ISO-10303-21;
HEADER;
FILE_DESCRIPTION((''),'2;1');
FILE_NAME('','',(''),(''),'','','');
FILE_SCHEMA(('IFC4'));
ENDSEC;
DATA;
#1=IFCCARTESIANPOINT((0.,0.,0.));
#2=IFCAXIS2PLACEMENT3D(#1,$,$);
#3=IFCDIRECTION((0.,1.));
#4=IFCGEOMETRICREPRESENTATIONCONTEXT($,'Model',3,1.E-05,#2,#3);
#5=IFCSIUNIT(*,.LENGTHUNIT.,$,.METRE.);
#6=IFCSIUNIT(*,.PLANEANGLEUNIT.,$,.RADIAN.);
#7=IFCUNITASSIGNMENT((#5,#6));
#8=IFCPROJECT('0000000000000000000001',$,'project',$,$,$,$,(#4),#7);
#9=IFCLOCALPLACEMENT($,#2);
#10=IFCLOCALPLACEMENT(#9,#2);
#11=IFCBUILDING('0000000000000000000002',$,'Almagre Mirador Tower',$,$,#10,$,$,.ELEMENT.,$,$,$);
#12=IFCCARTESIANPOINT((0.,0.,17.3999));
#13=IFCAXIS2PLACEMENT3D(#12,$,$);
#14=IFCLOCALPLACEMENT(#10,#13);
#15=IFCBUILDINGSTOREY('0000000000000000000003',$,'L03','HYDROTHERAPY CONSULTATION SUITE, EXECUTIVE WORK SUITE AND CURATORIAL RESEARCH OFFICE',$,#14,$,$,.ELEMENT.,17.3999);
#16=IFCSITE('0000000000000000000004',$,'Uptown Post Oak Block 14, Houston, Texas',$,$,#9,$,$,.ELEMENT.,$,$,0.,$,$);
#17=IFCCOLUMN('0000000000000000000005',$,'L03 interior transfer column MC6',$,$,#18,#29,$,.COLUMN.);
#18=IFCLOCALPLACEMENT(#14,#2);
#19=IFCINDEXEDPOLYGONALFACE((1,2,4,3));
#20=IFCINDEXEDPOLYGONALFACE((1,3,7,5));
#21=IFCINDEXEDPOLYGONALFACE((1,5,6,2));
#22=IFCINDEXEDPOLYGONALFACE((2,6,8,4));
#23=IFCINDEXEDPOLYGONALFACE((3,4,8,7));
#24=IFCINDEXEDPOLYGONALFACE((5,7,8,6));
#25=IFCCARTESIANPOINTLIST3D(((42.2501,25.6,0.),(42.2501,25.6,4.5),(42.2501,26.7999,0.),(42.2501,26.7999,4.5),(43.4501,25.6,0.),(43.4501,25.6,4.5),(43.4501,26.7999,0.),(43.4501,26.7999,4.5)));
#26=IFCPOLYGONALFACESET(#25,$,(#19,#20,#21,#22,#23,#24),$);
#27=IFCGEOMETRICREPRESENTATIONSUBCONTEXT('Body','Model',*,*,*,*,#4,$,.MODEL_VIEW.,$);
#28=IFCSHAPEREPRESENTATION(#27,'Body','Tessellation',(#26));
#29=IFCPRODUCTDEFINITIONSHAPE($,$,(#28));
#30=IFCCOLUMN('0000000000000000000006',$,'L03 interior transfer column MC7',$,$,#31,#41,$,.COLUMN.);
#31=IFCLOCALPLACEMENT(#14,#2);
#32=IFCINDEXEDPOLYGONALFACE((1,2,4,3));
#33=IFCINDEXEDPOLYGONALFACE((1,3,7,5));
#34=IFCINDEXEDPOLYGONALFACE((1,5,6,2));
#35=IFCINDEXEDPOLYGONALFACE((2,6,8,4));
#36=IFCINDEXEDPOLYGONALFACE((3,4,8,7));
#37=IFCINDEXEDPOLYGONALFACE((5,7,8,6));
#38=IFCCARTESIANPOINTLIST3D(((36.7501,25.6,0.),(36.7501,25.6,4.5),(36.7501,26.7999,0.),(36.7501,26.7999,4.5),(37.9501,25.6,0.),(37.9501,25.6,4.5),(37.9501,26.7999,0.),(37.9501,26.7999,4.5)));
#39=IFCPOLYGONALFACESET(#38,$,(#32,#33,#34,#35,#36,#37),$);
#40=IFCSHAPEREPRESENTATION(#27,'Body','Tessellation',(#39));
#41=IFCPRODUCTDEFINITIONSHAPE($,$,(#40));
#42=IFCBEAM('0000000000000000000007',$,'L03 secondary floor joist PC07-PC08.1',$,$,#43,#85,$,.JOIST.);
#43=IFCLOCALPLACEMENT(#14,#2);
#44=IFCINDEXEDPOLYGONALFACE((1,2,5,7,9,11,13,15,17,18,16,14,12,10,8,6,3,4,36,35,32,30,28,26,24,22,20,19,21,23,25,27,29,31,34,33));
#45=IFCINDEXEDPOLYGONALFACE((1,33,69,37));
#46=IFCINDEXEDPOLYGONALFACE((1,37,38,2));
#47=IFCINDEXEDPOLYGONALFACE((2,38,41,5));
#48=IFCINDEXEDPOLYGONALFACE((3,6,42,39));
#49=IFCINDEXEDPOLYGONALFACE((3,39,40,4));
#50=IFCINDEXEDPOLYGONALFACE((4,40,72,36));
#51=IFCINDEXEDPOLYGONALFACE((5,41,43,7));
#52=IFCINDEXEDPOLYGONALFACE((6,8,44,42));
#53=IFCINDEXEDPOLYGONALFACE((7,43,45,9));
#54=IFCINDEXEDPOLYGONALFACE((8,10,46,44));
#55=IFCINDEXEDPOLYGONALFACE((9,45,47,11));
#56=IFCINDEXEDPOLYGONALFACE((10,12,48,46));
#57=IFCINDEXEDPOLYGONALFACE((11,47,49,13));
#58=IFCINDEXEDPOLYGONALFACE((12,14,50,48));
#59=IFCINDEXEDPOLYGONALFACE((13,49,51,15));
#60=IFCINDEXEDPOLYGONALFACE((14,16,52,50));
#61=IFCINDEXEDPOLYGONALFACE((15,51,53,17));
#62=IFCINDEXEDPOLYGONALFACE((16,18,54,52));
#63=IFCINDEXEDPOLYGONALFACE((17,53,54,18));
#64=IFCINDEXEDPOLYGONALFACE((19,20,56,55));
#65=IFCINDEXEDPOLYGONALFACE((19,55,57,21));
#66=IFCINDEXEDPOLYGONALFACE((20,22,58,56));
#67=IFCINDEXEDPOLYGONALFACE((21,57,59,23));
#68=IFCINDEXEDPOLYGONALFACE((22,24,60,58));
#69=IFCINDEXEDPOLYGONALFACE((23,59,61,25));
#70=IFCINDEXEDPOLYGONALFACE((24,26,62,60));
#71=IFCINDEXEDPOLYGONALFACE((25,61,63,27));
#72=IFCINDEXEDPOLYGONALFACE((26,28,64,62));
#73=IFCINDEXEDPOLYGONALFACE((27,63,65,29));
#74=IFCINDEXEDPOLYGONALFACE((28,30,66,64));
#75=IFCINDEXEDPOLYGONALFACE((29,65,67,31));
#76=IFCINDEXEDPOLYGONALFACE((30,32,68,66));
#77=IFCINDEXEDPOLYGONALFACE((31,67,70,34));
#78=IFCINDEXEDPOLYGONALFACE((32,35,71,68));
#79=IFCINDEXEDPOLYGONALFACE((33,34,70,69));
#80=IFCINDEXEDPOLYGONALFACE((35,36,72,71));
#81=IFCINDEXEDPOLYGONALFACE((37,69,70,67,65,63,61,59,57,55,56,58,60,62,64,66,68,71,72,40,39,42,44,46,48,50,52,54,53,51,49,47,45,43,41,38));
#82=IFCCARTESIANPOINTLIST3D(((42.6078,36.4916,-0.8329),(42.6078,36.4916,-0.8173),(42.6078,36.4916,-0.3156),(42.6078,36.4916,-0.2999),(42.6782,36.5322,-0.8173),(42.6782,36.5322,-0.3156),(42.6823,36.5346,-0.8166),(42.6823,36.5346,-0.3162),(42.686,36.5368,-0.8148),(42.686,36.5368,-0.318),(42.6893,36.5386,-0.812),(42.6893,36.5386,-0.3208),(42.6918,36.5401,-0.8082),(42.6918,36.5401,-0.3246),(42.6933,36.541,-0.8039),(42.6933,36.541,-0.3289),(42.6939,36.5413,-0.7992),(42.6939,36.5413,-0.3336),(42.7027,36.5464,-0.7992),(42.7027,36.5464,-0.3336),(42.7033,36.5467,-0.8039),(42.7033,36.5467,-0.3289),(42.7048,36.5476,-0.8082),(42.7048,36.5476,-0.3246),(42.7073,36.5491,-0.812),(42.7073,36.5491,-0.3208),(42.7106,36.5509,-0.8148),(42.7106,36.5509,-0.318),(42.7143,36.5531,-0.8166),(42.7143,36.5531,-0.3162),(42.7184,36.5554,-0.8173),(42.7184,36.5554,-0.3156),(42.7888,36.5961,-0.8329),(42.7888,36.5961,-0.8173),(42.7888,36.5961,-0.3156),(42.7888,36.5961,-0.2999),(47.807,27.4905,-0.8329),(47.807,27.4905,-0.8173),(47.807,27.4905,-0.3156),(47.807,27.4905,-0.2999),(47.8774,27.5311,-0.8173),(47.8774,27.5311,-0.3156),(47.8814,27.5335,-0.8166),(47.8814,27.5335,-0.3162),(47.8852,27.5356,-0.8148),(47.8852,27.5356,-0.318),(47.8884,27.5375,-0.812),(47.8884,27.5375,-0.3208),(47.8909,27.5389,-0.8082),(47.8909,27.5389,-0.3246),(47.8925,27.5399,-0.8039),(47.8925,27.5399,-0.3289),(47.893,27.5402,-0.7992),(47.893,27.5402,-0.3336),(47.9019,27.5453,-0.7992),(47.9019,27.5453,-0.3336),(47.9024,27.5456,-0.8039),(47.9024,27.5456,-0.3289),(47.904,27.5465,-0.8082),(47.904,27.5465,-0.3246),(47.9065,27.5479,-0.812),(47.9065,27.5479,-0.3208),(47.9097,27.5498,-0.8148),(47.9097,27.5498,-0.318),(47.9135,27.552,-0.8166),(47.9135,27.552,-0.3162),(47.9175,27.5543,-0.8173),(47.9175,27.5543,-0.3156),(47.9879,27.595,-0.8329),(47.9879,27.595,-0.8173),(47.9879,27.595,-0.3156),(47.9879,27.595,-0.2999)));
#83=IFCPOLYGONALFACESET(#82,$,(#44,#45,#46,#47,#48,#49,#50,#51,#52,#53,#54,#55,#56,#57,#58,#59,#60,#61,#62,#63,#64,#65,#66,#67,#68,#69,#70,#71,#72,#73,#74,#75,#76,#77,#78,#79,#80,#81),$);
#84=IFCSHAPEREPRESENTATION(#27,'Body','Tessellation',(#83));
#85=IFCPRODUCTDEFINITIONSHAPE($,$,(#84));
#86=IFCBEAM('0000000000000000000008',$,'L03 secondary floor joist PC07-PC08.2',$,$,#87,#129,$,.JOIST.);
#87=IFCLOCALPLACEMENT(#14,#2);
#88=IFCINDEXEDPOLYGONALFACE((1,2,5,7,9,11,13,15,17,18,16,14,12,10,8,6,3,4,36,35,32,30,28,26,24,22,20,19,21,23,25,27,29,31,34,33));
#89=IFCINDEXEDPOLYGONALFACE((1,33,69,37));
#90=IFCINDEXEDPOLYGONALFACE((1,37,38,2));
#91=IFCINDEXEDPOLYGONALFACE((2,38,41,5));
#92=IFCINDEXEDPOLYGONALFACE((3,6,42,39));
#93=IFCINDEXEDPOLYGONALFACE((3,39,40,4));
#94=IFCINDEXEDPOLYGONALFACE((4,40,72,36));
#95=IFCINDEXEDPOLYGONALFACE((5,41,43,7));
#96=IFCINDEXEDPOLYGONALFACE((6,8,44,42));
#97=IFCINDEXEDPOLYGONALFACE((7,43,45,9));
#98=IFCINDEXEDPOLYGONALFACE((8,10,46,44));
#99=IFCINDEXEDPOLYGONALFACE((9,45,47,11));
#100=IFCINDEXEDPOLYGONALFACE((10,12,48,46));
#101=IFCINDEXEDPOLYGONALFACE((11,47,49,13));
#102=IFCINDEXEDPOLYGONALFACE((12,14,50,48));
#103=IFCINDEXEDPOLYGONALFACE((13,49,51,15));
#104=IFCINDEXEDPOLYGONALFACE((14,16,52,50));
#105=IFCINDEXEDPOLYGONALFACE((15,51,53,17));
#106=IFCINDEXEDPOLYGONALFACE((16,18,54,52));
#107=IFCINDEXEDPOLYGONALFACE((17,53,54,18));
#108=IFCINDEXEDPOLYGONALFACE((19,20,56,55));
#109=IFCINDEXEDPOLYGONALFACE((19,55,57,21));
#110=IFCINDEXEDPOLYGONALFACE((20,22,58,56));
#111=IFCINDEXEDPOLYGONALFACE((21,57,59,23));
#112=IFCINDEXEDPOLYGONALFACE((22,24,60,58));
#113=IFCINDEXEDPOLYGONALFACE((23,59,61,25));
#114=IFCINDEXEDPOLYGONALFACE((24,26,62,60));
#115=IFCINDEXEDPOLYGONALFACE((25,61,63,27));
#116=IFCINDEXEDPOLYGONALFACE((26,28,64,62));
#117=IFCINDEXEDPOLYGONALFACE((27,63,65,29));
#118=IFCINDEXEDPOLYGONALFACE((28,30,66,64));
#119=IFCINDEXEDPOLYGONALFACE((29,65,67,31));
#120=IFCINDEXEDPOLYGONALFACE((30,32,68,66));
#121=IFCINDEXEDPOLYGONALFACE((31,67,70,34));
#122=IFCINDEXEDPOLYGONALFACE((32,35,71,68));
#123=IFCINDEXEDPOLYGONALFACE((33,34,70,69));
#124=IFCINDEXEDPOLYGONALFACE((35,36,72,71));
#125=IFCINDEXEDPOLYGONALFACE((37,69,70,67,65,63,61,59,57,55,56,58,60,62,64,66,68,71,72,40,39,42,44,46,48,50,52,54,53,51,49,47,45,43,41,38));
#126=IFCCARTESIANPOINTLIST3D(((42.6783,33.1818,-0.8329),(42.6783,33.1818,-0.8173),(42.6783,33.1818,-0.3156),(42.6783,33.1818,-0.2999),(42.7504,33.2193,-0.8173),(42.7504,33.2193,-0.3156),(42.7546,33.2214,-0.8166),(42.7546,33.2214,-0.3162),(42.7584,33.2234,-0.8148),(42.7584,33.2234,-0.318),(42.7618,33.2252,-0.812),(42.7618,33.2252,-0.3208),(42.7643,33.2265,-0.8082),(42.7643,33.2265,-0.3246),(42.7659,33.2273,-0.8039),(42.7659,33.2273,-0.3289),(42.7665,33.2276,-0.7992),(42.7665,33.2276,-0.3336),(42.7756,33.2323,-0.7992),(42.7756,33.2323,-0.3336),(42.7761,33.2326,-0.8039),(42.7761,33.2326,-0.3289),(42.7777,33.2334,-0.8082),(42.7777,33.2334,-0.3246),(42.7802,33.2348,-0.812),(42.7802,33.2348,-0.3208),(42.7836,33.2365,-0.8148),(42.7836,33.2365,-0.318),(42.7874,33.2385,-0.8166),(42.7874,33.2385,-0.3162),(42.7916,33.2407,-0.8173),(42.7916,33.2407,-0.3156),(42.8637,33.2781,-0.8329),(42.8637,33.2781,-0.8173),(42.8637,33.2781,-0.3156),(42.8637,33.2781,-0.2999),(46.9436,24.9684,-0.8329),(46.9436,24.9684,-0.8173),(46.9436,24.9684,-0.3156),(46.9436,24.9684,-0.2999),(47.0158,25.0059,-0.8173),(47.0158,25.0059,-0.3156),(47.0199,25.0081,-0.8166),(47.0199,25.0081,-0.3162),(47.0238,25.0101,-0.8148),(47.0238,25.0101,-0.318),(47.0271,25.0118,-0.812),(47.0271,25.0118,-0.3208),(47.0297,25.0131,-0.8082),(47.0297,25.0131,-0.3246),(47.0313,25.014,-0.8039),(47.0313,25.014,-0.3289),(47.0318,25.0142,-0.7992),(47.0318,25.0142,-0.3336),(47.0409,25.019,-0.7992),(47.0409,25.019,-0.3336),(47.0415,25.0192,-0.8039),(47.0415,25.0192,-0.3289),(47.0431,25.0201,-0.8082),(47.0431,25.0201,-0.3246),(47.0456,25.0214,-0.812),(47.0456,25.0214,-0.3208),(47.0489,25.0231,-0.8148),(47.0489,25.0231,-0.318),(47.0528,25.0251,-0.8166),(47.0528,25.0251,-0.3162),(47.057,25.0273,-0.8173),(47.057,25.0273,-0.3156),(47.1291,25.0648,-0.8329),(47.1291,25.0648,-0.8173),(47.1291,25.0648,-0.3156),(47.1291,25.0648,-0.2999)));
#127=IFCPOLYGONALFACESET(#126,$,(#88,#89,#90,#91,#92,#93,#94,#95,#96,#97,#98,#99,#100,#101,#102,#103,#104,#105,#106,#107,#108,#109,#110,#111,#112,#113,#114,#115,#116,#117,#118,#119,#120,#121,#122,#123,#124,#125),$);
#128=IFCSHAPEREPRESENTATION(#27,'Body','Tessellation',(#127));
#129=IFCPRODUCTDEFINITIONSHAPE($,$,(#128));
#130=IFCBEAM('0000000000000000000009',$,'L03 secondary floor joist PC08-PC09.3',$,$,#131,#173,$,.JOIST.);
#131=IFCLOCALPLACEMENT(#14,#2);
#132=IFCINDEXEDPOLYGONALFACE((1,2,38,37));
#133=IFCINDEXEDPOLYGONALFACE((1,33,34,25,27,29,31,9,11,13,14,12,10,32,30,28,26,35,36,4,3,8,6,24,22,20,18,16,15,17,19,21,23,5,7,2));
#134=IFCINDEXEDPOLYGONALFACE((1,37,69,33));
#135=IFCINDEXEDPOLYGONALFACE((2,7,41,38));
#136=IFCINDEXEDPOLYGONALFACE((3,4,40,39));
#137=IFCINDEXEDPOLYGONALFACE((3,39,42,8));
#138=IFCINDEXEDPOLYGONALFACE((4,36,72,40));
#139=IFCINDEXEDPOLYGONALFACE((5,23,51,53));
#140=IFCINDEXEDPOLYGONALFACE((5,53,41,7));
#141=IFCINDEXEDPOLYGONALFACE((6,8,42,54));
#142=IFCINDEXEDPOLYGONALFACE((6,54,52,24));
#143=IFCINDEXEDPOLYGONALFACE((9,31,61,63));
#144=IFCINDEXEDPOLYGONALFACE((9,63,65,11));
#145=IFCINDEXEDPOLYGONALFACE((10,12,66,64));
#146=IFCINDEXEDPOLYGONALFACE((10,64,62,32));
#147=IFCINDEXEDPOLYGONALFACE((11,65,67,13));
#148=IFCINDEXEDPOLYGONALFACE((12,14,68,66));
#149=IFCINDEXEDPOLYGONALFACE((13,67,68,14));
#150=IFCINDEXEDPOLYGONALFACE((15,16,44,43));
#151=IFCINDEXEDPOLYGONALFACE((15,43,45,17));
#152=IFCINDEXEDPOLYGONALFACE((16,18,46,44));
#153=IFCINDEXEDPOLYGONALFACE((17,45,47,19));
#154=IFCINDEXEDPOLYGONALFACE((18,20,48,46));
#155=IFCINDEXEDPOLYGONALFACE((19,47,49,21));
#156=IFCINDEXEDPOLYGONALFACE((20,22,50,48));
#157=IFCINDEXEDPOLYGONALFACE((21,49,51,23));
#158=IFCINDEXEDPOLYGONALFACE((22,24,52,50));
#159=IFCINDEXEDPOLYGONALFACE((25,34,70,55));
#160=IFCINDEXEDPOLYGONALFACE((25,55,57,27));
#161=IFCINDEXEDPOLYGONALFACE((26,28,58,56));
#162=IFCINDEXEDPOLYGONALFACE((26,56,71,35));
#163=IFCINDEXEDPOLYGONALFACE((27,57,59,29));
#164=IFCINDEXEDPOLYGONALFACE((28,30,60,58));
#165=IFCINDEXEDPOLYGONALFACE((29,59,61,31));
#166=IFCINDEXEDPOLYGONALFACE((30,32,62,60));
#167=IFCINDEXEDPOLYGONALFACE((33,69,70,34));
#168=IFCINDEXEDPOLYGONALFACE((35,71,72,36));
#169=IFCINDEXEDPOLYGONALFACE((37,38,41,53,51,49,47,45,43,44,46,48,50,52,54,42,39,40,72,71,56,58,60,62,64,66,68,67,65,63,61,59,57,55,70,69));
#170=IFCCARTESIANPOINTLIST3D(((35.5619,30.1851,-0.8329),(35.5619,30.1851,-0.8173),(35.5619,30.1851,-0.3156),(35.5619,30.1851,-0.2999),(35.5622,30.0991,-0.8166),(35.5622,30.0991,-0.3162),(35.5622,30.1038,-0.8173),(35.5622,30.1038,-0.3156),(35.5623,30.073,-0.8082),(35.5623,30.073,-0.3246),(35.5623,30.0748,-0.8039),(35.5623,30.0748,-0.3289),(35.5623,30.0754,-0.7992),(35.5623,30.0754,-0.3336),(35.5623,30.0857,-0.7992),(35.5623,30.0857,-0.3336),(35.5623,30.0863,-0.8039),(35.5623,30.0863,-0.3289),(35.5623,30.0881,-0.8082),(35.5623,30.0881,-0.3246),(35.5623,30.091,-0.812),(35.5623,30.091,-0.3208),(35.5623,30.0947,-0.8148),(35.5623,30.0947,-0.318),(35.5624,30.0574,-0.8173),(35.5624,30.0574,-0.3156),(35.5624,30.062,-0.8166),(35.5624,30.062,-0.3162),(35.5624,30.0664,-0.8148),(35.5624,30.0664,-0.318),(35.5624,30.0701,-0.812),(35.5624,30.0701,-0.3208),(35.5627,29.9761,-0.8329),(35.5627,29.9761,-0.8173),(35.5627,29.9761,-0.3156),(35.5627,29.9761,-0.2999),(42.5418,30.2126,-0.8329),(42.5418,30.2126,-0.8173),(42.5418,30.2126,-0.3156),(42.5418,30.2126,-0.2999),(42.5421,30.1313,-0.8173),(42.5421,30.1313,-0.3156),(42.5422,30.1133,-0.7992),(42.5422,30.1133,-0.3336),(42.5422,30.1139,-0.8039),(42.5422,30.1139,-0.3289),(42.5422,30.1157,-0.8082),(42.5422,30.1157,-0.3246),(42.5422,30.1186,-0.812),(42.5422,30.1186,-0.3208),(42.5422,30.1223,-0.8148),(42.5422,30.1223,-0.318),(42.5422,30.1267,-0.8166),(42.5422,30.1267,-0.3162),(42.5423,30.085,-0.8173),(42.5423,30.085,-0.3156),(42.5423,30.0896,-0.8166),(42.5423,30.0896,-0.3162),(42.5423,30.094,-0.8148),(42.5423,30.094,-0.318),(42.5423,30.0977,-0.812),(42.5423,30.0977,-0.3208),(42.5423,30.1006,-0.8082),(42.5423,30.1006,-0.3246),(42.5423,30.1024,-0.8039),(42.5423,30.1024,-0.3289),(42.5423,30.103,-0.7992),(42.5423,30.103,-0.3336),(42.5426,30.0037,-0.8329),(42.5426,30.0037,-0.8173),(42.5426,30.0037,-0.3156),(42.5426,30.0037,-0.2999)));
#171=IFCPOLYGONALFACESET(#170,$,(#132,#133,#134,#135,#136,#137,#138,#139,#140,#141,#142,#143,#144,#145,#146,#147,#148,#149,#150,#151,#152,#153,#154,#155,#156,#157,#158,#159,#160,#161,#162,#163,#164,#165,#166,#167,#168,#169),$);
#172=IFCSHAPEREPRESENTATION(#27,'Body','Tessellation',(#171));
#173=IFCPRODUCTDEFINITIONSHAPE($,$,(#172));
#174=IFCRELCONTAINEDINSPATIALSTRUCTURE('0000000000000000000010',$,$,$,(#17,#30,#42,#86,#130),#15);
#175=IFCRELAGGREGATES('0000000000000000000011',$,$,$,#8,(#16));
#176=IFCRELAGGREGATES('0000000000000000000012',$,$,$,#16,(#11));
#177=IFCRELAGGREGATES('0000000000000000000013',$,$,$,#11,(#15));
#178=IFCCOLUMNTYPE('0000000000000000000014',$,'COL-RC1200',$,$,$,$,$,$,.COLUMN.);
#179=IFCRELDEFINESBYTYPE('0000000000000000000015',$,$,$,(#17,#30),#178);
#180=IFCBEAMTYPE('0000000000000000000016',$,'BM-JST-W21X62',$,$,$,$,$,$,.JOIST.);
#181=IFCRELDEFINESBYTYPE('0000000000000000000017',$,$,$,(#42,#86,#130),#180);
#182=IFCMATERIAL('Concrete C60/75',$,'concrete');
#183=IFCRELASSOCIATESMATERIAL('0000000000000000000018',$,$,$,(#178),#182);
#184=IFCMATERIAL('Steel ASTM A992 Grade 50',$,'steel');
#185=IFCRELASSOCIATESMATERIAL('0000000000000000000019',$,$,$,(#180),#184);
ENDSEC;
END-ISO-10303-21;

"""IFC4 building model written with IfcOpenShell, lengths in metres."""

from ifc_helpers import new_model, si_unit, direction, frame, origin, origin_2d, place, context, subcontext, project, spatial, rectangle, i_section, extrude, material, material_profile, profile_set, type_object, element, save


model = new_model("IFC4")

# Units and contexts
model_context = context("Model", 3, precision=1e-05, world=origin(), true_north=direction((0.0, 1.0)))
body_context = subcontext(model_context, "Body", "Model", "MODEL_VIEW")
ifc_project = project(units=[si_unit("LENGTHUNIT", "METRE"), si_unit("PLANEANGLEUNIT", "RADIAN")], contexts=[model_context])

# Site, building, storey
site_placement = place(None, origin())
site = spatial("IfcSite", under=ifc_project, at=site_placement, Name="Uptown Post Oak Block 14, Houston, Texas", CompositionType="ELEMENT", RefElevation=0.0)
building_placement = place(site_placement, origin())
building = spatial("IfcBuilding", under=site, at=building_placement, Name="Almagre Mirador Tower", CompositionType="ELEMENT")
storey_placement = place(building_placement, frame((0.0, 0.0, 17.3999)))
storey = spatial("IfcBuildingStorey", under=building, at=storey_placement, Name="L03", Description="HYDROTHERAPY CONSULTATION SUITE, EXECUTIVE WORK SUITE AND CURATORIAL RESEARCH OFFICE", CompositionType="ELEMENT", Elevation=17.3999)

# Columns
ifc_material_1 = material(Name="Concrete C60/75", Category="concrete")
ifc_material_profile_1 = material_profile(ifc_material_1, rectangle(XDim=1.2, YDim=1.2, at=origin_2d()), Name="RC1200X1200")
ifc_profile_set_1 = profile_set([ifc_material_profile_1], Name="Concrete C60/75")
column_type = type_object("IfcColumnType", Name="COL-RC1200", PredefinedType="COLUMN", material=ifc_profile_set_1)
for number, where, z_axis, x_axis, name in (
    (1, (42.8501, 26.2, 0.0), (0.0, 0.0, 1.0), (1.0, 0.0, 0.0), "L03 interior transfer column MC6"),
    (2, (37.3501, 26.2, 0.0), (0.0, 0.0, 1.0), (1.0, 0.0, 0.0), "L03 interior transfer column MC7"),
):
    element("IfcColumn", number, at=place(storey_placement, frame(where, z_axis=z_axis, x_axis=x_axis)), inside=storey, type_object=column_type, Name=name, PredefinedType="COLUMN", context=body_context, shape_type="SweptSolid", body=[
        extrude(rectangle(XDim=1.2, YDim=1.2, at=origin_2d()), origin(), (0.0, 0.0, 1.0), 4.5),
    ])

# Beams
ifc_material_2 = material(Name="Steel ASTM A992 Grade 50", Category="steel")
ifc_material_profile_2 = material_profile(ifc_material_2, i_section(OverallWidth=0.209, OverallDepth=0.533, WebThickness=0.0103, FlangeThickness=0.0156, FilletRadius=0.0181, at=origin_2d()), Name="W21X62")
ifc_profile_set_2 = profile_set([ifc_material_profile_2], Name="Steel ASTM A992 Grade 50")
beam_type_1 = type_object("IfcBeamType", Name="BM-JST-W21X62", PredefinedType="JOIST", material=ifc_profile_set_2)
beam_1_placement = place(storey_placement, frame((47.8975, 27.5427, -0.5664), z_axis=(-0.50017, 0.865927, 0.0), x_axis=(-0.865927, -0.50017, 0.0)))
element("IfcBeam", 3, at=beam_1_placement, inside=storey, type_object=beam_type_1, Name="L03 secondary floor joist PC07-PC08.1", PredefinedType="JOIST", context=body_context, shape_type="SweptSolid", body=[
    extrude(i_section(OverallWidth=0.209, OverallDepth=0.533, WebThickness=0.0103, FlangeThickness=0.0156, FilletRadius=0.0181, at=origin_2d()), origin(), (0.0, 0.0, 1.0), 10.3948),
])
beam_2_placement = place(storey_placement, frame((47.0364, 25.0166, -0.5664), z_axis=(-0.460878, 0.887463, 0.0), x_axis=(-0.887463, -0.460878, 0.0)))
element("IfcBeam", 4, at=beam_2_placement, inside=storey, type_object=beam_type_1, Name="L03 secondary floor joist PC07-PC08.2", PredefinedType="JOIST", context=body_context, shape_type="SweptSolid", body=[
    extrude(i_section(OverallWidth=0.209, OverallDepth=0.533, WebThickness=0.0103, FlangeThickness=0.0156, FilletRadius=0.0181, at=origin_2d()), origin(), (0.0, 0.0, 1.0), 9.2549),
])
beam_3_placement = place(storey_placement, frame((42.5422, 30.1082, -0.5664), z_axis=(-0.999992, -0.003952, 0.0), x_axis=(0.003952, -0.999992, 0.0)))
element("IfcBeam", 5, at=beam_3_placement, inside=storey, type_object=beam_type_1, Name="L03 secondary floor joist PC08-PC09.3", PredefinedType="JOIST", context=body_context, shape_type="SweptSolid", body=[
    extrude(i_section(OverallWidth=0.209, OverallDepth=0.533, WebThickness=0.0103, FlangeThickness=0.0156, FilletRadius=0.0181, at=origin_2d()), origin(), (0.0, 0.0, 1.0), 6.98),
])

save(model, "model.ifc")
